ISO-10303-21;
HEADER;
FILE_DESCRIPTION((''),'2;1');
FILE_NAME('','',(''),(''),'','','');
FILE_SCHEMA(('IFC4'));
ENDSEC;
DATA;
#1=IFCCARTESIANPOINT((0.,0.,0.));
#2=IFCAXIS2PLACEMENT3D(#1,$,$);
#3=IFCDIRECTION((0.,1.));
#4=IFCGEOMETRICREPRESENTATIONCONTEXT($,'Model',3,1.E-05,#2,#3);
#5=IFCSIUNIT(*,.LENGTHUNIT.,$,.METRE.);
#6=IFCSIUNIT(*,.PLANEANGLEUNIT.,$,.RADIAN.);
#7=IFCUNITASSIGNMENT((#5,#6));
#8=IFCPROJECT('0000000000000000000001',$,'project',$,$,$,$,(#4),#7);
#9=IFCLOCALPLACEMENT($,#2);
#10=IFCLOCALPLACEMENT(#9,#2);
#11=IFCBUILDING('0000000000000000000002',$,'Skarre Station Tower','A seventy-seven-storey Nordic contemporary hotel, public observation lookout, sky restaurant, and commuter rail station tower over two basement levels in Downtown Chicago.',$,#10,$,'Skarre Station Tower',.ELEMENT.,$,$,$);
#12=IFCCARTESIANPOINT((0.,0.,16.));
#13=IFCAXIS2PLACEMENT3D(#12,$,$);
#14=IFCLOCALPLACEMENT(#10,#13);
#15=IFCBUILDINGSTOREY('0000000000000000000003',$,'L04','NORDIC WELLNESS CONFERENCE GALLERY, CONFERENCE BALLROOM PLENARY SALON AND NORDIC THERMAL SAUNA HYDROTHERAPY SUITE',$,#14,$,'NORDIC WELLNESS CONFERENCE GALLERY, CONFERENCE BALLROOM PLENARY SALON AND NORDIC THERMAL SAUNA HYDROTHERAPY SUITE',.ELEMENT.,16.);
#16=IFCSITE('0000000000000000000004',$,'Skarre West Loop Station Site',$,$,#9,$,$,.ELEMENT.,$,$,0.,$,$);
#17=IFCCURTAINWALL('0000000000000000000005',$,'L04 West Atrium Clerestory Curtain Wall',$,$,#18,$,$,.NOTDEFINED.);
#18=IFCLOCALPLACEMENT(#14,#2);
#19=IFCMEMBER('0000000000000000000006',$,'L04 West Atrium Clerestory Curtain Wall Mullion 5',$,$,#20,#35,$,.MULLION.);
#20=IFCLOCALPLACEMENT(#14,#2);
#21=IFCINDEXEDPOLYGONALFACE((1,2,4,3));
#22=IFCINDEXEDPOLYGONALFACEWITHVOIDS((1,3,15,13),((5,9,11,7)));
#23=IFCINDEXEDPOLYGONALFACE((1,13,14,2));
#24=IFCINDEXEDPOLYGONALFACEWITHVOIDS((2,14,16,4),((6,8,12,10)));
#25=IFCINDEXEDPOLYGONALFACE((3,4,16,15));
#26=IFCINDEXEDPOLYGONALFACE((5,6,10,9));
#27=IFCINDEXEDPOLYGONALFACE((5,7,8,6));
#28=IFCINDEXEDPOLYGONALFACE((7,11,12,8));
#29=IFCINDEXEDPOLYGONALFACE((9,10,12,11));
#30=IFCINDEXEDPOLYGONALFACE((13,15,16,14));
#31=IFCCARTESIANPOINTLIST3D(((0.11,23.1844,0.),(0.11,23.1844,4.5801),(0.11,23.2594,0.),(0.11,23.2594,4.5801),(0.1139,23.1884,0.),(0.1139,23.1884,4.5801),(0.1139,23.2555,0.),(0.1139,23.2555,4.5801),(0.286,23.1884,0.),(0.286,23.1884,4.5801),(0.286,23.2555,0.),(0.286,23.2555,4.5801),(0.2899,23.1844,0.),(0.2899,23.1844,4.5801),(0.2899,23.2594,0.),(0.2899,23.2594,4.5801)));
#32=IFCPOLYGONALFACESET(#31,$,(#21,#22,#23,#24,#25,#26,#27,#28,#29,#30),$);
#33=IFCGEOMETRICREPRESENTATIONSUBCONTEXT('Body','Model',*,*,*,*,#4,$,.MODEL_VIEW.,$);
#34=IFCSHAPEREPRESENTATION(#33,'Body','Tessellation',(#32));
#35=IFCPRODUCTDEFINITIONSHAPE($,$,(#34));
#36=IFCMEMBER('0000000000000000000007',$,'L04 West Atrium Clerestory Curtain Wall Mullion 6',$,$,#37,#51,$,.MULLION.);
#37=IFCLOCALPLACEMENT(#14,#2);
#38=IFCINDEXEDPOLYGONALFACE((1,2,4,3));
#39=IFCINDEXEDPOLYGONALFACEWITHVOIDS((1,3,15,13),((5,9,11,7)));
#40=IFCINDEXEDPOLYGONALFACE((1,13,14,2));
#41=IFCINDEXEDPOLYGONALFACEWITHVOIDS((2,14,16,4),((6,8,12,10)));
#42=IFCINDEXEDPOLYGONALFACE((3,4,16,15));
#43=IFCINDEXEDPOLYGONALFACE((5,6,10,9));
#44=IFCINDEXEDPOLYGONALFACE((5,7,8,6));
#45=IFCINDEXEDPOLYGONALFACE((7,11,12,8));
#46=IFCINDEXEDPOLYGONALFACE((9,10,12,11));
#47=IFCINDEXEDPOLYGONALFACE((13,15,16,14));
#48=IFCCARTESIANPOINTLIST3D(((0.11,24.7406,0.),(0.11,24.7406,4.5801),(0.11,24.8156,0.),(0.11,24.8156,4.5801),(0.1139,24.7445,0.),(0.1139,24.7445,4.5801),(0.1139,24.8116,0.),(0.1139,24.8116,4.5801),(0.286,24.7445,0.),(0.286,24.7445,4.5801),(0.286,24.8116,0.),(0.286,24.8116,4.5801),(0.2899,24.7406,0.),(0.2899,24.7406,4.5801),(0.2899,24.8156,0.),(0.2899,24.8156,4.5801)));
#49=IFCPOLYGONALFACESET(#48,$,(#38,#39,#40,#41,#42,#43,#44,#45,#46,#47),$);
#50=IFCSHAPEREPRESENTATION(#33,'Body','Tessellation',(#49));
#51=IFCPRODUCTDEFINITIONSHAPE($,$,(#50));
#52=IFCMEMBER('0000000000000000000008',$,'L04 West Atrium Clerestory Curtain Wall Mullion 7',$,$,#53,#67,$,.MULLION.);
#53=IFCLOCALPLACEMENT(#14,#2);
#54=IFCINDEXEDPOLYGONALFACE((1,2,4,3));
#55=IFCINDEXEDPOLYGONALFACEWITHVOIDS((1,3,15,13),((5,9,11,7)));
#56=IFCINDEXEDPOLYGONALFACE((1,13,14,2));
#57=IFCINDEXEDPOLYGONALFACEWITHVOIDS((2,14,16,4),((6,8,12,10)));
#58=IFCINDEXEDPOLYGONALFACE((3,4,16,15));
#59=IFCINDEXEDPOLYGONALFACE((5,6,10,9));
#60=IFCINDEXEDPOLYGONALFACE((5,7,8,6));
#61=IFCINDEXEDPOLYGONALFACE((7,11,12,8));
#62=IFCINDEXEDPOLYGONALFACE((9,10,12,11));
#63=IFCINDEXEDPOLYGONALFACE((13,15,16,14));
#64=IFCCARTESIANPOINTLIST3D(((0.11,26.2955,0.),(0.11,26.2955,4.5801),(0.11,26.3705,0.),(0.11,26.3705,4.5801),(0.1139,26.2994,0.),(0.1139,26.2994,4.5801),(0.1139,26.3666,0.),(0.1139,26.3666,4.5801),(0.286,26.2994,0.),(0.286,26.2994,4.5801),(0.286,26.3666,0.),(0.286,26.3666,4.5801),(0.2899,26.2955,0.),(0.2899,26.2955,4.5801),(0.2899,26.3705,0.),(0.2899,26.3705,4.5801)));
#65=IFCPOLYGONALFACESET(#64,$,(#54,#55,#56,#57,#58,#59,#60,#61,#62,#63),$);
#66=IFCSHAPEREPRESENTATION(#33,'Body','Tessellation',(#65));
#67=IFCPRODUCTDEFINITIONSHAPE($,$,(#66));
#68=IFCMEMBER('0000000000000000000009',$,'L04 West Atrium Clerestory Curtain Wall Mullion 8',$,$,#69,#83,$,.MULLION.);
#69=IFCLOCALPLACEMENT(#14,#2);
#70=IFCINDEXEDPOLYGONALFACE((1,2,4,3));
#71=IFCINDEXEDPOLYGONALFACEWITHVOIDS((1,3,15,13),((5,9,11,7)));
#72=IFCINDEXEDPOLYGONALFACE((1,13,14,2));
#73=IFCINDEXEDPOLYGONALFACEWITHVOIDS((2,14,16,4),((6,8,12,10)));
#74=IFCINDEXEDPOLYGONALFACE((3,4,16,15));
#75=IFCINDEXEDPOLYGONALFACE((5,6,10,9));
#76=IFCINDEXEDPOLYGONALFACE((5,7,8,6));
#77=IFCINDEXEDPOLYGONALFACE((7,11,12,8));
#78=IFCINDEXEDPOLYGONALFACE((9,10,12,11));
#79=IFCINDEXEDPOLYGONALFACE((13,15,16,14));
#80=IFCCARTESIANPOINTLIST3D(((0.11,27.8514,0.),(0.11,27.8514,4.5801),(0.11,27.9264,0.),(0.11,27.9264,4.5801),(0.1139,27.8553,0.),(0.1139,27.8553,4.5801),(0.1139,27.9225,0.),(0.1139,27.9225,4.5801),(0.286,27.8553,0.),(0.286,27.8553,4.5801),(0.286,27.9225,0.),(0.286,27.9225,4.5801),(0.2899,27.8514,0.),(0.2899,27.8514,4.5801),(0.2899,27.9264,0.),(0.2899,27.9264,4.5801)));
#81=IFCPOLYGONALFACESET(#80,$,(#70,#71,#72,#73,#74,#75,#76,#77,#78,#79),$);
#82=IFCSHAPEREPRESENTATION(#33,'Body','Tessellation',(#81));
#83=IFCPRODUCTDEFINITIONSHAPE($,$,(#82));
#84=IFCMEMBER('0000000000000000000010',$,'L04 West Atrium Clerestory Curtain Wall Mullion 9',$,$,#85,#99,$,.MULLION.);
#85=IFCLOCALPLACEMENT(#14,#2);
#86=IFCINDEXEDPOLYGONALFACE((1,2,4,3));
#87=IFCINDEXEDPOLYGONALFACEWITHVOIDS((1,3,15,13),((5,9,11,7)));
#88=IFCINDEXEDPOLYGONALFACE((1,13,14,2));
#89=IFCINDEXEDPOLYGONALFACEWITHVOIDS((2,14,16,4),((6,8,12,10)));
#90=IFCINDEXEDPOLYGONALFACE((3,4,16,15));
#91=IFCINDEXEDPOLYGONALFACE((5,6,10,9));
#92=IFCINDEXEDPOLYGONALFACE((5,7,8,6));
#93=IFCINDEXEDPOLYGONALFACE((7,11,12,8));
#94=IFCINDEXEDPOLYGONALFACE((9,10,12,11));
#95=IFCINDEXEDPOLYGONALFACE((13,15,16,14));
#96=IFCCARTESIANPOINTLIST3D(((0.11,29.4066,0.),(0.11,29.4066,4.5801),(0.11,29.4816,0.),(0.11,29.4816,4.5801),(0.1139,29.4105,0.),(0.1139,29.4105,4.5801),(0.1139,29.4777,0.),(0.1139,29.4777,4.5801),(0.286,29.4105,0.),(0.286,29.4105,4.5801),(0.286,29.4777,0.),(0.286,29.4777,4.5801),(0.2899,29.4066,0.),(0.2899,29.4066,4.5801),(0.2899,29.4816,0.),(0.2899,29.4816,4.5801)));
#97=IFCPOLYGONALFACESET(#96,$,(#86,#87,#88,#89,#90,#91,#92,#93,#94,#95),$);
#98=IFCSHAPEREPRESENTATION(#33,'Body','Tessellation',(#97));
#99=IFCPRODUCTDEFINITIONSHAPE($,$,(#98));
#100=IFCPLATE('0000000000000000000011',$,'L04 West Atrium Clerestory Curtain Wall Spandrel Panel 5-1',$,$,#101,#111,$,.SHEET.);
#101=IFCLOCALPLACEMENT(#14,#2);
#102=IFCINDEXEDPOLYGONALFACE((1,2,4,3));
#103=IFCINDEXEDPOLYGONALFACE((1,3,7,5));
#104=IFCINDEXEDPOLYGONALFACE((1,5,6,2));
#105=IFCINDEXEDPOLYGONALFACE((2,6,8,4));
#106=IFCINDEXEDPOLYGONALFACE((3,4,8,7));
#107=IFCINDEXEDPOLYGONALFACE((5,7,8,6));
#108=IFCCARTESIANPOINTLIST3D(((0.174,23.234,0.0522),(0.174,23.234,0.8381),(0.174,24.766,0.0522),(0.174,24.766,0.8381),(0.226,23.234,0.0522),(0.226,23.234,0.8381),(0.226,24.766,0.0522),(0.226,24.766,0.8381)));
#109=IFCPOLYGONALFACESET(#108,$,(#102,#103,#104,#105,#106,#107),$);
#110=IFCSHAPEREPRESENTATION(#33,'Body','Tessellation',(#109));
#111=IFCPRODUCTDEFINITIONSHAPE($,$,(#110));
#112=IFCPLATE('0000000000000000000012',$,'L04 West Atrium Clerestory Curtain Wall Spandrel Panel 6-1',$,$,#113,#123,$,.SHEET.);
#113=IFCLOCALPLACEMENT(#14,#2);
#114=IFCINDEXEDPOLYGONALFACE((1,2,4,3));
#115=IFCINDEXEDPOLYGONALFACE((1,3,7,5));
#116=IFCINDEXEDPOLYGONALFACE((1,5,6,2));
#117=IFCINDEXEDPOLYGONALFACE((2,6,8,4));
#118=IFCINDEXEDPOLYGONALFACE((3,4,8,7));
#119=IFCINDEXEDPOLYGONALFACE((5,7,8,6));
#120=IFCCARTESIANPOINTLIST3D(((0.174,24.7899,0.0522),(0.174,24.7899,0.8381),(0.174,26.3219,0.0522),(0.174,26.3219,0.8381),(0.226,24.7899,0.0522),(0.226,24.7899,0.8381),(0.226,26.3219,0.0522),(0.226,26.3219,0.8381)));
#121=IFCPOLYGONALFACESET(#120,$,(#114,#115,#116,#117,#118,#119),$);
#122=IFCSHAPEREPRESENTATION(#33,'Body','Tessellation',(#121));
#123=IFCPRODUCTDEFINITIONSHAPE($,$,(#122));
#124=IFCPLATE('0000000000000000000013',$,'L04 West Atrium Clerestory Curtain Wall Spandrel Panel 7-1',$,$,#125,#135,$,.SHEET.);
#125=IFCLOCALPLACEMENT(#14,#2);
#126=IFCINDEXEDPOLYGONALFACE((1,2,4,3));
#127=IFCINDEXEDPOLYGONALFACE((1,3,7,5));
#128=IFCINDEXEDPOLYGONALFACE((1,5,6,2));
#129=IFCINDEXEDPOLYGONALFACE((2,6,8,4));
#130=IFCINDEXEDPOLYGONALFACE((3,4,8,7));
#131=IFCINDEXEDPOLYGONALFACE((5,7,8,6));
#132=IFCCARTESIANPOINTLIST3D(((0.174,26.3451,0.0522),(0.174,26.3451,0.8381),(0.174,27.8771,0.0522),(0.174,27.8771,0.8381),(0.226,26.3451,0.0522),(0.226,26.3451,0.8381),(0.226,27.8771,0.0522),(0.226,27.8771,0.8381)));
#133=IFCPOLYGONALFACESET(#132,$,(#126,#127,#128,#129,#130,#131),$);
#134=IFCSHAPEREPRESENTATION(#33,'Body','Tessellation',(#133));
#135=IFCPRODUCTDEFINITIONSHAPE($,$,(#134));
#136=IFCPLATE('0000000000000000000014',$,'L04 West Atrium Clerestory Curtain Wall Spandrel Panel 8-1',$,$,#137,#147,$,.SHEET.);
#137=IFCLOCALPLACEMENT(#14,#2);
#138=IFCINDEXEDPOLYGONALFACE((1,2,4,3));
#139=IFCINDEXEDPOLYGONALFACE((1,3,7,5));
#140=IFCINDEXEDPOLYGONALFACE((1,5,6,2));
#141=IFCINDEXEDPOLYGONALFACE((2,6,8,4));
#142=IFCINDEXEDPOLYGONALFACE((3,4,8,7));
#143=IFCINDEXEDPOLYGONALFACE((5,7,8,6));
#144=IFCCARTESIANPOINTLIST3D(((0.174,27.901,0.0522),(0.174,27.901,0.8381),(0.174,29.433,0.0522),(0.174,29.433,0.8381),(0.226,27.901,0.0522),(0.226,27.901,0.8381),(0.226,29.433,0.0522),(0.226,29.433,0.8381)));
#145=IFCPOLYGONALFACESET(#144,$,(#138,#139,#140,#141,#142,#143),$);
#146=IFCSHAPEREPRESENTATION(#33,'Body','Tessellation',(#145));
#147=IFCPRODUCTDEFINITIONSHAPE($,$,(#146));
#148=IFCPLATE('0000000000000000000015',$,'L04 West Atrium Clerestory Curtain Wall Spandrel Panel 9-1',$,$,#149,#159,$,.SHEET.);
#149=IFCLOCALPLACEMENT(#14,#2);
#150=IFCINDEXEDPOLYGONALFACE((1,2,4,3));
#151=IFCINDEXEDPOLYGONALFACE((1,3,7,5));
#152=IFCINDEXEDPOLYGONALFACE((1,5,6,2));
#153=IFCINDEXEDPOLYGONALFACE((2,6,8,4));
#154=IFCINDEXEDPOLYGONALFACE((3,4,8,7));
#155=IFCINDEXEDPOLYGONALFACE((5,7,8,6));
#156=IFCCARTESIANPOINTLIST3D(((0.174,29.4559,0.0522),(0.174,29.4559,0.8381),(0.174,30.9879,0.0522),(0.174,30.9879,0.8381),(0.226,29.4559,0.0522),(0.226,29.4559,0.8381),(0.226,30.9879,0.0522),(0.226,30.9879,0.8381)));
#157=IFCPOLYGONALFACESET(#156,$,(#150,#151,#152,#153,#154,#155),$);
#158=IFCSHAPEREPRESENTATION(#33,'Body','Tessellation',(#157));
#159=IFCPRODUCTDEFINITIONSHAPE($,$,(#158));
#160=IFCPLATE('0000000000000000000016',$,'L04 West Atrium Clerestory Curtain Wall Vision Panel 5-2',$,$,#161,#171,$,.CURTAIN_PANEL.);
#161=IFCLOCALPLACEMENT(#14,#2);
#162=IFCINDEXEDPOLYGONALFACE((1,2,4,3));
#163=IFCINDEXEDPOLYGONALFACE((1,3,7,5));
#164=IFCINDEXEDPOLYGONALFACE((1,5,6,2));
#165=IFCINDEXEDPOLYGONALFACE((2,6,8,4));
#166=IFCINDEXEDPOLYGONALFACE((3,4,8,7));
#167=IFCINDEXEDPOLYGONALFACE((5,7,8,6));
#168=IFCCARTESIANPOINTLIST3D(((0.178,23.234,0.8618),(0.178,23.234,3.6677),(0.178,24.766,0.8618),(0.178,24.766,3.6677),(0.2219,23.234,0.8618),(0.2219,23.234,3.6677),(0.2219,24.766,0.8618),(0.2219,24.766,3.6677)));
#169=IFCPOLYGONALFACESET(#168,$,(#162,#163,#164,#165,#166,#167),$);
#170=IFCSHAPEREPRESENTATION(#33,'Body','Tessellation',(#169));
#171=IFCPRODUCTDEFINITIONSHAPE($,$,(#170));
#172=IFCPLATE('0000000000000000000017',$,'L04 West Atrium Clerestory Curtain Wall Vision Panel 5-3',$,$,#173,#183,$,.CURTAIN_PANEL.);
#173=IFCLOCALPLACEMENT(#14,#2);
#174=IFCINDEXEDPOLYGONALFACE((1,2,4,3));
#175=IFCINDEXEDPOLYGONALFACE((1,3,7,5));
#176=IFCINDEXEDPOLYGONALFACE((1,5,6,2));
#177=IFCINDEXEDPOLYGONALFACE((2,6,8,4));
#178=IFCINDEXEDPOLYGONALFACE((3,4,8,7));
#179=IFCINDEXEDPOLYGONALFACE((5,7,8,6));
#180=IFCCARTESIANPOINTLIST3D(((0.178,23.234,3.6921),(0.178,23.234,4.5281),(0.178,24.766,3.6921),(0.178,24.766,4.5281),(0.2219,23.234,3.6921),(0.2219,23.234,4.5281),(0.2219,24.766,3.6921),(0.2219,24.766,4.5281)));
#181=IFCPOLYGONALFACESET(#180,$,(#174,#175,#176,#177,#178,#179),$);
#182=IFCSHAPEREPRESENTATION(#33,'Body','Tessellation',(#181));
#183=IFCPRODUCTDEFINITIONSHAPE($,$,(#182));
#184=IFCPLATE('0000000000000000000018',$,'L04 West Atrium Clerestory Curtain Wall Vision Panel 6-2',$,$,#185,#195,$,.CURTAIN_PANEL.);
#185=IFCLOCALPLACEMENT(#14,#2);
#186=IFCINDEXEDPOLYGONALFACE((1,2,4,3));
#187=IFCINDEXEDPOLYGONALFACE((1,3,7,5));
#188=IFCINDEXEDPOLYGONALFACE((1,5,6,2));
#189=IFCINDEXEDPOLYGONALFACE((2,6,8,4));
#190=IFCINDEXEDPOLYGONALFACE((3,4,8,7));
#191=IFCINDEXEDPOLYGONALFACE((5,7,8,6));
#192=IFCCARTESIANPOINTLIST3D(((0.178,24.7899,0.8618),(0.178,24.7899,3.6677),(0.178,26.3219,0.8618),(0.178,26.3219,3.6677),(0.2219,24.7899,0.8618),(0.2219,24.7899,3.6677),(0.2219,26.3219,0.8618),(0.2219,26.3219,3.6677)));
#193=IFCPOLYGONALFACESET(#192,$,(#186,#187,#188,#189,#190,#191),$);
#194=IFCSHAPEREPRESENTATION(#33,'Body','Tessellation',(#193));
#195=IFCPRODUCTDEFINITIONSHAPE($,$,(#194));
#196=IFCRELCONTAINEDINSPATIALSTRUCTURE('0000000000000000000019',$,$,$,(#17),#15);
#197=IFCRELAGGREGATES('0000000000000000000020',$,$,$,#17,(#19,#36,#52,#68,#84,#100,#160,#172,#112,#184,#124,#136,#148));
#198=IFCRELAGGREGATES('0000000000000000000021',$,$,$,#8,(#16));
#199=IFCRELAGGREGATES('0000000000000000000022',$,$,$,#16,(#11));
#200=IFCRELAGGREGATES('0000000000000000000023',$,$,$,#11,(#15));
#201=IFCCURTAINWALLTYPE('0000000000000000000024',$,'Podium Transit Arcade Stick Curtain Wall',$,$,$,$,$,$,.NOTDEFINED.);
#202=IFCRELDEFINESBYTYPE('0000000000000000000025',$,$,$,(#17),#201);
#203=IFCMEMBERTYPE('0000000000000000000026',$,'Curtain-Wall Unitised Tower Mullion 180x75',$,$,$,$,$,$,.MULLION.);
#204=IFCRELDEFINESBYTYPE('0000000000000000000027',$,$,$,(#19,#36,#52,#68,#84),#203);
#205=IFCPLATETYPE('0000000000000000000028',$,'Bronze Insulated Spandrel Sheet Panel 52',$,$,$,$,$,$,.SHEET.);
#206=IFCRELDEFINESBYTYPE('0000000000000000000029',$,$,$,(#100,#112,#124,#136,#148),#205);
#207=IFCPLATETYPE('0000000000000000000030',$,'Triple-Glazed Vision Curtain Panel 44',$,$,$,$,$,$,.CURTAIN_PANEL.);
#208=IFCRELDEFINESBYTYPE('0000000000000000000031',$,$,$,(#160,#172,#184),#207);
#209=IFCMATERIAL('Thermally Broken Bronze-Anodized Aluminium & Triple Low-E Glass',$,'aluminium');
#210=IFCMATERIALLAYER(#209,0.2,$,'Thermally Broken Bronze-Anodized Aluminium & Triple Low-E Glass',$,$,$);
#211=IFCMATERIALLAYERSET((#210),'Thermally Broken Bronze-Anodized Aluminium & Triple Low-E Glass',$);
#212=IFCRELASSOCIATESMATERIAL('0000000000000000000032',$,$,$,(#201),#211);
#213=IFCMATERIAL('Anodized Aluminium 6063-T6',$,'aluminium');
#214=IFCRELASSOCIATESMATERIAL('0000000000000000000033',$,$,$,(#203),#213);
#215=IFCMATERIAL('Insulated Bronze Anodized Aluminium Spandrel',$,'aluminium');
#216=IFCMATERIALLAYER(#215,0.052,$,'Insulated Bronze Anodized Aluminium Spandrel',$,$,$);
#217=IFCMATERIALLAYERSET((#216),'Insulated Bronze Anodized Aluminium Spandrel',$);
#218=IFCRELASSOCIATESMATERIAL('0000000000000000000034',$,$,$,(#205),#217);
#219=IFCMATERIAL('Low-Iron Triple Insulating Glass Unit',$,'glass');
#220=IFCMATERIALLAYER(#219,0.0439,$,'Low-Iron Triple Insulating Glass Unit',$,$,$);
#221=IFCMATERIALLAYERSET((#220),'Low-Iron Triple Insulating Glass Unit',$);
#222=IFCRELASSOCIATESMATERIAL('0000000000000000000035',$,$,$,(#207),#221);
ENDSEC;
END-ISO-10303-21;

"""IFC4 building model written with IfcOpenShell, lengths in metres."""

from ifc_helpers import new_model, si_unit, direction, frame, origin, origin_2d, place, context, subcontext, project, spatial, rectangle, hollow_rectangle, extrude, material, layer, layer_set, material_profile, profile_set, type_object, element, aggregate, save


model = new_model("IFC4")

# Units and contexts
model_context = context("Model", 3, precision=1e-05, world=origin(), true_north=direction((0.0, 1.0)))
body_context = subcontext(model_context, "Body", "Model", "MODEL_VIEW")
ifc_project = project(units=[si_unit("LENGTHUNIT", "METRE"), si_unit("PLANEANGLEUNIT", "RADIAN")], contexts=[model_context])

# Site, building, storey
site_placement = place(None, origin())
site = spatial("IfcSite", under=ifc_project, at=site_placement, Name="Skarre West Loop Station Site", CompositionType="ELEMENT", RefElevation=0.0)
building_placement = place(site_placement, origin())
building = spatial("IfcBuilding", under=site, at=building_placement, Name="Skarre Station Tower", Description="A seventy-seven-storey Nordic contemporary hotel, public observation lookout, sky restaurant, and commuter rail station tower over two basement levels in Downtown Chicago.", LongName="Skarre Station Tower", CompositionType="ELEMENT")
storey_placement = place(building_placement, frame((0.0, 0.0, 16.0)))
storey = spatial("IfcBuildingStorey", under=building, at=storey_placement, Name="L04", Description="NORDIC WELLNESS CONFERENCE GALLERY, CONFERENCE BALLROOM PLENARY SALON AND NORDIC THERMAL SAUNA HYDROTHERAPY SUITE", LongName="NORDIC WELLNESS CONFERENCE GALLERY, CONFERENCE BALLROOM PLENARY SALON AND NORDIC THERMAL SAUNA HYDROTHERAPY SUITE", CompositionType="ELEMENT", Elevation=16.0)

# Curtain wall, members, plates
ifc_material_1 = material(Name="Thermally Broken Bronze-Anodized Aluminium & Triple Low-E Glass", Category="aluminium")
ifc_layer_1 = layer(ifc_material_1, 0.2, Name="Thermally Broken Bronze-Anodized Aluminium & Triple Low-E Glass")
ifc_layer_set_1 = layer_set([ifc_layer_1], Name="Thermally Broken Bronze-Anodized Aluminium & Triple Low-E Glass")
curtain_wall_type = type_object("IfcCurtainWallType", Name="Podium Transit Arcade Stick Curtain Wall", PredefinedType="NOTDEFINED", material=ifc_layer_set_1)
curtain_wall_placement = place(storey_placement, origin())
curtain_wall = element("IfcCurtainWall", 1, at=curtain_wall_placement, inside=storey, type_object=curtain_wall_type, Name="L04 West Atrium Clerestory Curtain Wall", PredefinedType="NOTDEFINED")
ifc_material_2 = material(Name="Anodized Aluminium 6063-T6", Category="aluminium")
ifc_material_profile = material_profile(ifc_material_2, hollow_rectangle(XDim=0.075, YDim=0.1799, WallThickness=0.0039, at=origin_2d()), Name="Anodized Aluminium 6063-T6")
ifc_profile_set = profile_set([ifc_material_profile], Name="Anodized Aluminium 6063-T6")
member_type = type_object("IfcMemberType", Name="Curtain-Wall Unitised Tower Mullion 180x75", PredefinedType="MULLION", material=ifc_profile_set)
member_1_placement = place(storey_placement, frame((0.2, 23.2219, 0.0), z_axis=(0.0, 0.0, 1.0), x_axis=(0.0, 1.0, 0.0)))
member_1 = element("IfcMember", 2, at=member_1_placement, type_object=member_type, Name="L04 West Atrium Clerestory Curtain Wall Mullion 5", PredefinedType="MULLION", context=body_context, shape_type="SweptSolid", body=[
    extrude(hollow_rectangle(XDim=0.075, YDim=0.1799, WallThickness=0.0039, at=origin_2d()), origin(), (0.0, 0.0, 1.0), 4.5801),
])
member_2_placement = place(storey_placement, frame((0.2, 24.7781, 0.0), z_axis=(0.0, 0.0, 1.0), x_axis=(0.0, 1.0, 0.0)))
member_2 = element("IfcMember", 3, at=member_2_placement, type_object=member_type, Name="L04 West Atrium Clerestory Curtain Wall Mullion 6", PredefinedType="MULLION", context=body_context, shape_type="SweptSolid", body=[
    extrude(hollow_rectangle(XDim=0.075, YDim=0.1799, WallThickness=0.0039, at=origin_2d()), origin(), (0.0, 0.0, 1.0), 4.5801),
])
member_3_placement = place(storey_placement, frame((0.2, 26.333, 0.0), z_axis=(0.0, 0.0, 1.0), x_axis=(0.0, 1.0, 0.0)))
member_3 = element("IfcMember", 4, at=member_3_placement, type_object=member_type, Name="L04 West Atrium Clerestory Curtain Wall Mullion 7", PredefinedType="MULLION", context=body_context, shape_type="SweptSolid", body=[
    extrude(hollow_rectangle(XDim=0.075, YDim=0.1799, WallThickness=0.0039, at=origin_2d()), origin(), (0.0, 0.0, 1.0), 4.5801),
])
member_4_placement = place(storey_placement, frame((0.2, 27.8889, 0.0), z_axis=(0.0, 0.0, 1.0), x_axis=(0.0, 1.0, 0.0)))
member_4 = element("IfcMember", 5, at=member_4_placement, type_object=member_type, Name="L04 West Atrium Clerestory Curtain Wall Mullion 8", PredefinedType="MULLION", context=body_context, shape_type="SweptSolid", body=[
    extrude(hollow_rectangle(XDim=0.075, YDim=0.1799, WallThickness=0.0039, at=origin_2d()), origin(), (0.0, 0.0, 1.0), 4.5801),
])
member_5_placement = place(storey_placement, frame((0.2, 29.4441, 0.0), z_axis=(0.0, 0.0, 1.0), x_axis=(0.0, 1.0, 0.0)))
member_5 = element("IfcMember", 6, at=member_5_placement, type_object=member_type, Name="L04 West Atrium Clerestory Curtain Wall Mullion 9", PredefinedType="MULLION", context=body_context, shape_type="SweptSolid", body=[
    extrude(hollow_rectangle(XDim=0.075, YDim=0.1799, WallThickness=0.0039, at=origin_2d()), origin(), (0.0, 0.0, 1.0), 4.5801),
])
ifc_material_3 = material(Name="Insulated Bronze Anodized Aluminium Spandrel", Category="aluminium")
ifc_layer_2 = layer(ifc_material_3, 0.052, Name="Insulated Bronze Anodized Aluminium Spandrel")
ifc_layer_set_2 = layer_set([ifc_layer_2], Name="Insulated Bronze Anodized Aluminium Spandrel")
plate_type_1 = type_object("IfcPlateType", Name="Bronze Insulated Spandrel Sheet Panel 52", PredefinedType="SHEET", material=ifc_layer_set_2)
plate_1_placement = place(storey_placement, frame((0.2, 24.0, 0.0522), z_axis=(0.0, 0.0, 1.0), x_axis=(0.0, 1.0, 0.0)))
plate_1 = element("IfcPlate", 7, at=plate_1_placement, type_object=plate_type_1, Name="L04 West Atrium Clerestory Curtain Wall Spandrel Panel 5-1", PredefinedType="SHEET", context=body_context, shape_type="SweptSolid", body=[
    extrude(rectangle(XDim=1.532, YDim=0.052, at=origin_2d()), origin(), (0.0, 0.0, 1.0), 0.7859),
])
plate_2_placement = place(storey_placement, frame((0.2, 25.5559, 0.0522), z_axis=(0.0, 0.0, 1.0), x_axis=(0.0, 1.0, 0.0)))
plate_2 = element("IfcPlate", 8, at=plate_2_placement, type_object=plate_type_1, Name="L04 West Atrium Clerestory Curtain Wall Spandrel Panel 6-1", PredefinedType="SHEET", context=body_context, shape_type="SweptSolid", body=[
    extrude(rectangle(XDim=1.532, YDim=0.052, at=origin_2d()), origin(), (0.0, 0.0, 1.0), 0.7859),
])
plate_3_placement = place(storey_placement, frame((0.2, 27.1111, 0.0522), z_axis=(0.0, 0.0, 1.0), x_axis=(0.0, 1.0, 0.0)))
plate_3 = element("IfcPlate", 9, at=plate_3_placement, type_object=plate_type_1, Name="L04 West Atrium Clerestory Curtain Wall Spandrel Panel 7-1", PredefinedType="SHEET", context=body_context, shape_type="SweptSolid", body=[
    extrude(rectangle(XDim=1.532, YDim=0.052, at=origin_2d()), origin(), (0.0, 0.0, 1.0), 0.7859),
])
plate_4_placement = place(storey_placement, frame((0.2, 28.667, 0.0522), z_axis=(0.0, 0.0, 1.0), x_axis=(0.0, 1.0, 0.0)))
plate_4 = element("IfcPlate", 10, at=plate_4_placement, type_object=plate_type_1, Name="L04 West Atrium Clerestory Curtain Wall Spandrel Panel 8-1", PredefinedType="SHEET", context=body_context, shape_type="SweptSolid", body=[
    extrude(rectangle(XDim=1.532, YDim=0.052, at=origin_2d()), origin(), (0.0, 0.0, 1.0), 0.7859),
])
plate_5_placement = place(storey_placement, frame((0.2, 30.2219, 0.0522), z_axis=(0.0, 0.0, 1.0), x_axis=(0.0, 1.0, 0.0)))
plate_5 = element("IfcPlate", 11, at=plate_5_placement, type_object=plate_type_1, Name="L04 West Atrium Clerestory Curtain Wall Spandrel Panel 9-1", PredefinedType="SHEET", context=body_context, shape_type="SweptSolid", body=[
    extrude(rectangle(XDim=1.532, YDim=0.052, at=origin_2d()), origin(), (0.0, 0.0, 1.0), 0.7859),
])
ifc_material_4 = material(Name="Low-Iron Triple Insulating Glass Unit", Category="glass")
ifc_layer_3 = layer(ifc_material_4, 0.0439, Name="Low-Iron Triple Insulating Glass Unit")
ifc_layer_set_3 = layer_set([ifc_layer_3], Name="Low-Iron Triple Insulating Glass Unit")
plate_type_2 = type_object("IfcPlateType", Name="Triple-Glazed Vision Curtain Panel 44", PredefinedType="CURTAIN_PANEL", material=ifc_layer_set_3)
plate_6_placement = place(storey_placement, frame((0.2, 24.0, 0.8618), z_axis=(0.0, 0.0, 1.0), x_axis=(0.0, 1.0, 0.0)))
plate_6 = element("IfcPlate", 12, at=plate_6_placement, type_object=plate_type_2, Name="L04 West Atrium Clerestory Curtain Wall Vision Panel 5-2", PredefinedType="CURTAIN_PANEL", context=body_context, shape_type="SweptSolid", body=[
    extrude(rectangle(XDim=1.532, YDim=0.0439, at=origin_2d()), origin(), (0.0, 0.0, 1.0), 2.8059),
])
plate_7_placement = place(storey_placement, frame((0.2, 24.0, 3.6921), z_axis=(0.0, 0.0, 1.0), x_axis=(0.0, 1.0, 0.0)))
plate_7 = element("IfcPlate", 13, at=plate_7_placement, type_object=plate_type_2, Name="L04 West Atrium Clerestory Curtain Wall Vision Panel 5-3", PredefinedType="CURTAIN_PANEL", context=body_context, shape_type="SweptSolid", body=[
    extrude(rectangle(XDim=1.532, YDim=0.0439, at=origin_2d()), origin(), (0.0, 0.0, 1.0), 0.8359),
])
plate_8_placement = place(storey_placement, frame((0.2, 25.5559, 0.8618), z_axis=(0.0, 0.0, 1.0), x_axis=(0.0, 1.0, 0.0)))
plate_8 = element("IfcPlate", 14, at=plate_8_placement, type_object=plate_type_2, Name="L04 West Atrium Clerestory Curtain Wall Vision Panel 6-2", PredefinedType="CURTAIN_PANEL", context=body_context, shape_type="SweptSolid", body=[
    extrude(rectangle(XDim=1.532, YDim=0.0439, at=origin_2d()), origin(), (0.0, 0.0, 1.0), 2.8059),
])
aggregate(curtain_wall, [member_1, member_2, member_3, member_4, member_5, plate_1, plate_6, plate_7, plate_2, plate_8, plate_3, plate_4, plate_5])

save(model, "model.ifc")
